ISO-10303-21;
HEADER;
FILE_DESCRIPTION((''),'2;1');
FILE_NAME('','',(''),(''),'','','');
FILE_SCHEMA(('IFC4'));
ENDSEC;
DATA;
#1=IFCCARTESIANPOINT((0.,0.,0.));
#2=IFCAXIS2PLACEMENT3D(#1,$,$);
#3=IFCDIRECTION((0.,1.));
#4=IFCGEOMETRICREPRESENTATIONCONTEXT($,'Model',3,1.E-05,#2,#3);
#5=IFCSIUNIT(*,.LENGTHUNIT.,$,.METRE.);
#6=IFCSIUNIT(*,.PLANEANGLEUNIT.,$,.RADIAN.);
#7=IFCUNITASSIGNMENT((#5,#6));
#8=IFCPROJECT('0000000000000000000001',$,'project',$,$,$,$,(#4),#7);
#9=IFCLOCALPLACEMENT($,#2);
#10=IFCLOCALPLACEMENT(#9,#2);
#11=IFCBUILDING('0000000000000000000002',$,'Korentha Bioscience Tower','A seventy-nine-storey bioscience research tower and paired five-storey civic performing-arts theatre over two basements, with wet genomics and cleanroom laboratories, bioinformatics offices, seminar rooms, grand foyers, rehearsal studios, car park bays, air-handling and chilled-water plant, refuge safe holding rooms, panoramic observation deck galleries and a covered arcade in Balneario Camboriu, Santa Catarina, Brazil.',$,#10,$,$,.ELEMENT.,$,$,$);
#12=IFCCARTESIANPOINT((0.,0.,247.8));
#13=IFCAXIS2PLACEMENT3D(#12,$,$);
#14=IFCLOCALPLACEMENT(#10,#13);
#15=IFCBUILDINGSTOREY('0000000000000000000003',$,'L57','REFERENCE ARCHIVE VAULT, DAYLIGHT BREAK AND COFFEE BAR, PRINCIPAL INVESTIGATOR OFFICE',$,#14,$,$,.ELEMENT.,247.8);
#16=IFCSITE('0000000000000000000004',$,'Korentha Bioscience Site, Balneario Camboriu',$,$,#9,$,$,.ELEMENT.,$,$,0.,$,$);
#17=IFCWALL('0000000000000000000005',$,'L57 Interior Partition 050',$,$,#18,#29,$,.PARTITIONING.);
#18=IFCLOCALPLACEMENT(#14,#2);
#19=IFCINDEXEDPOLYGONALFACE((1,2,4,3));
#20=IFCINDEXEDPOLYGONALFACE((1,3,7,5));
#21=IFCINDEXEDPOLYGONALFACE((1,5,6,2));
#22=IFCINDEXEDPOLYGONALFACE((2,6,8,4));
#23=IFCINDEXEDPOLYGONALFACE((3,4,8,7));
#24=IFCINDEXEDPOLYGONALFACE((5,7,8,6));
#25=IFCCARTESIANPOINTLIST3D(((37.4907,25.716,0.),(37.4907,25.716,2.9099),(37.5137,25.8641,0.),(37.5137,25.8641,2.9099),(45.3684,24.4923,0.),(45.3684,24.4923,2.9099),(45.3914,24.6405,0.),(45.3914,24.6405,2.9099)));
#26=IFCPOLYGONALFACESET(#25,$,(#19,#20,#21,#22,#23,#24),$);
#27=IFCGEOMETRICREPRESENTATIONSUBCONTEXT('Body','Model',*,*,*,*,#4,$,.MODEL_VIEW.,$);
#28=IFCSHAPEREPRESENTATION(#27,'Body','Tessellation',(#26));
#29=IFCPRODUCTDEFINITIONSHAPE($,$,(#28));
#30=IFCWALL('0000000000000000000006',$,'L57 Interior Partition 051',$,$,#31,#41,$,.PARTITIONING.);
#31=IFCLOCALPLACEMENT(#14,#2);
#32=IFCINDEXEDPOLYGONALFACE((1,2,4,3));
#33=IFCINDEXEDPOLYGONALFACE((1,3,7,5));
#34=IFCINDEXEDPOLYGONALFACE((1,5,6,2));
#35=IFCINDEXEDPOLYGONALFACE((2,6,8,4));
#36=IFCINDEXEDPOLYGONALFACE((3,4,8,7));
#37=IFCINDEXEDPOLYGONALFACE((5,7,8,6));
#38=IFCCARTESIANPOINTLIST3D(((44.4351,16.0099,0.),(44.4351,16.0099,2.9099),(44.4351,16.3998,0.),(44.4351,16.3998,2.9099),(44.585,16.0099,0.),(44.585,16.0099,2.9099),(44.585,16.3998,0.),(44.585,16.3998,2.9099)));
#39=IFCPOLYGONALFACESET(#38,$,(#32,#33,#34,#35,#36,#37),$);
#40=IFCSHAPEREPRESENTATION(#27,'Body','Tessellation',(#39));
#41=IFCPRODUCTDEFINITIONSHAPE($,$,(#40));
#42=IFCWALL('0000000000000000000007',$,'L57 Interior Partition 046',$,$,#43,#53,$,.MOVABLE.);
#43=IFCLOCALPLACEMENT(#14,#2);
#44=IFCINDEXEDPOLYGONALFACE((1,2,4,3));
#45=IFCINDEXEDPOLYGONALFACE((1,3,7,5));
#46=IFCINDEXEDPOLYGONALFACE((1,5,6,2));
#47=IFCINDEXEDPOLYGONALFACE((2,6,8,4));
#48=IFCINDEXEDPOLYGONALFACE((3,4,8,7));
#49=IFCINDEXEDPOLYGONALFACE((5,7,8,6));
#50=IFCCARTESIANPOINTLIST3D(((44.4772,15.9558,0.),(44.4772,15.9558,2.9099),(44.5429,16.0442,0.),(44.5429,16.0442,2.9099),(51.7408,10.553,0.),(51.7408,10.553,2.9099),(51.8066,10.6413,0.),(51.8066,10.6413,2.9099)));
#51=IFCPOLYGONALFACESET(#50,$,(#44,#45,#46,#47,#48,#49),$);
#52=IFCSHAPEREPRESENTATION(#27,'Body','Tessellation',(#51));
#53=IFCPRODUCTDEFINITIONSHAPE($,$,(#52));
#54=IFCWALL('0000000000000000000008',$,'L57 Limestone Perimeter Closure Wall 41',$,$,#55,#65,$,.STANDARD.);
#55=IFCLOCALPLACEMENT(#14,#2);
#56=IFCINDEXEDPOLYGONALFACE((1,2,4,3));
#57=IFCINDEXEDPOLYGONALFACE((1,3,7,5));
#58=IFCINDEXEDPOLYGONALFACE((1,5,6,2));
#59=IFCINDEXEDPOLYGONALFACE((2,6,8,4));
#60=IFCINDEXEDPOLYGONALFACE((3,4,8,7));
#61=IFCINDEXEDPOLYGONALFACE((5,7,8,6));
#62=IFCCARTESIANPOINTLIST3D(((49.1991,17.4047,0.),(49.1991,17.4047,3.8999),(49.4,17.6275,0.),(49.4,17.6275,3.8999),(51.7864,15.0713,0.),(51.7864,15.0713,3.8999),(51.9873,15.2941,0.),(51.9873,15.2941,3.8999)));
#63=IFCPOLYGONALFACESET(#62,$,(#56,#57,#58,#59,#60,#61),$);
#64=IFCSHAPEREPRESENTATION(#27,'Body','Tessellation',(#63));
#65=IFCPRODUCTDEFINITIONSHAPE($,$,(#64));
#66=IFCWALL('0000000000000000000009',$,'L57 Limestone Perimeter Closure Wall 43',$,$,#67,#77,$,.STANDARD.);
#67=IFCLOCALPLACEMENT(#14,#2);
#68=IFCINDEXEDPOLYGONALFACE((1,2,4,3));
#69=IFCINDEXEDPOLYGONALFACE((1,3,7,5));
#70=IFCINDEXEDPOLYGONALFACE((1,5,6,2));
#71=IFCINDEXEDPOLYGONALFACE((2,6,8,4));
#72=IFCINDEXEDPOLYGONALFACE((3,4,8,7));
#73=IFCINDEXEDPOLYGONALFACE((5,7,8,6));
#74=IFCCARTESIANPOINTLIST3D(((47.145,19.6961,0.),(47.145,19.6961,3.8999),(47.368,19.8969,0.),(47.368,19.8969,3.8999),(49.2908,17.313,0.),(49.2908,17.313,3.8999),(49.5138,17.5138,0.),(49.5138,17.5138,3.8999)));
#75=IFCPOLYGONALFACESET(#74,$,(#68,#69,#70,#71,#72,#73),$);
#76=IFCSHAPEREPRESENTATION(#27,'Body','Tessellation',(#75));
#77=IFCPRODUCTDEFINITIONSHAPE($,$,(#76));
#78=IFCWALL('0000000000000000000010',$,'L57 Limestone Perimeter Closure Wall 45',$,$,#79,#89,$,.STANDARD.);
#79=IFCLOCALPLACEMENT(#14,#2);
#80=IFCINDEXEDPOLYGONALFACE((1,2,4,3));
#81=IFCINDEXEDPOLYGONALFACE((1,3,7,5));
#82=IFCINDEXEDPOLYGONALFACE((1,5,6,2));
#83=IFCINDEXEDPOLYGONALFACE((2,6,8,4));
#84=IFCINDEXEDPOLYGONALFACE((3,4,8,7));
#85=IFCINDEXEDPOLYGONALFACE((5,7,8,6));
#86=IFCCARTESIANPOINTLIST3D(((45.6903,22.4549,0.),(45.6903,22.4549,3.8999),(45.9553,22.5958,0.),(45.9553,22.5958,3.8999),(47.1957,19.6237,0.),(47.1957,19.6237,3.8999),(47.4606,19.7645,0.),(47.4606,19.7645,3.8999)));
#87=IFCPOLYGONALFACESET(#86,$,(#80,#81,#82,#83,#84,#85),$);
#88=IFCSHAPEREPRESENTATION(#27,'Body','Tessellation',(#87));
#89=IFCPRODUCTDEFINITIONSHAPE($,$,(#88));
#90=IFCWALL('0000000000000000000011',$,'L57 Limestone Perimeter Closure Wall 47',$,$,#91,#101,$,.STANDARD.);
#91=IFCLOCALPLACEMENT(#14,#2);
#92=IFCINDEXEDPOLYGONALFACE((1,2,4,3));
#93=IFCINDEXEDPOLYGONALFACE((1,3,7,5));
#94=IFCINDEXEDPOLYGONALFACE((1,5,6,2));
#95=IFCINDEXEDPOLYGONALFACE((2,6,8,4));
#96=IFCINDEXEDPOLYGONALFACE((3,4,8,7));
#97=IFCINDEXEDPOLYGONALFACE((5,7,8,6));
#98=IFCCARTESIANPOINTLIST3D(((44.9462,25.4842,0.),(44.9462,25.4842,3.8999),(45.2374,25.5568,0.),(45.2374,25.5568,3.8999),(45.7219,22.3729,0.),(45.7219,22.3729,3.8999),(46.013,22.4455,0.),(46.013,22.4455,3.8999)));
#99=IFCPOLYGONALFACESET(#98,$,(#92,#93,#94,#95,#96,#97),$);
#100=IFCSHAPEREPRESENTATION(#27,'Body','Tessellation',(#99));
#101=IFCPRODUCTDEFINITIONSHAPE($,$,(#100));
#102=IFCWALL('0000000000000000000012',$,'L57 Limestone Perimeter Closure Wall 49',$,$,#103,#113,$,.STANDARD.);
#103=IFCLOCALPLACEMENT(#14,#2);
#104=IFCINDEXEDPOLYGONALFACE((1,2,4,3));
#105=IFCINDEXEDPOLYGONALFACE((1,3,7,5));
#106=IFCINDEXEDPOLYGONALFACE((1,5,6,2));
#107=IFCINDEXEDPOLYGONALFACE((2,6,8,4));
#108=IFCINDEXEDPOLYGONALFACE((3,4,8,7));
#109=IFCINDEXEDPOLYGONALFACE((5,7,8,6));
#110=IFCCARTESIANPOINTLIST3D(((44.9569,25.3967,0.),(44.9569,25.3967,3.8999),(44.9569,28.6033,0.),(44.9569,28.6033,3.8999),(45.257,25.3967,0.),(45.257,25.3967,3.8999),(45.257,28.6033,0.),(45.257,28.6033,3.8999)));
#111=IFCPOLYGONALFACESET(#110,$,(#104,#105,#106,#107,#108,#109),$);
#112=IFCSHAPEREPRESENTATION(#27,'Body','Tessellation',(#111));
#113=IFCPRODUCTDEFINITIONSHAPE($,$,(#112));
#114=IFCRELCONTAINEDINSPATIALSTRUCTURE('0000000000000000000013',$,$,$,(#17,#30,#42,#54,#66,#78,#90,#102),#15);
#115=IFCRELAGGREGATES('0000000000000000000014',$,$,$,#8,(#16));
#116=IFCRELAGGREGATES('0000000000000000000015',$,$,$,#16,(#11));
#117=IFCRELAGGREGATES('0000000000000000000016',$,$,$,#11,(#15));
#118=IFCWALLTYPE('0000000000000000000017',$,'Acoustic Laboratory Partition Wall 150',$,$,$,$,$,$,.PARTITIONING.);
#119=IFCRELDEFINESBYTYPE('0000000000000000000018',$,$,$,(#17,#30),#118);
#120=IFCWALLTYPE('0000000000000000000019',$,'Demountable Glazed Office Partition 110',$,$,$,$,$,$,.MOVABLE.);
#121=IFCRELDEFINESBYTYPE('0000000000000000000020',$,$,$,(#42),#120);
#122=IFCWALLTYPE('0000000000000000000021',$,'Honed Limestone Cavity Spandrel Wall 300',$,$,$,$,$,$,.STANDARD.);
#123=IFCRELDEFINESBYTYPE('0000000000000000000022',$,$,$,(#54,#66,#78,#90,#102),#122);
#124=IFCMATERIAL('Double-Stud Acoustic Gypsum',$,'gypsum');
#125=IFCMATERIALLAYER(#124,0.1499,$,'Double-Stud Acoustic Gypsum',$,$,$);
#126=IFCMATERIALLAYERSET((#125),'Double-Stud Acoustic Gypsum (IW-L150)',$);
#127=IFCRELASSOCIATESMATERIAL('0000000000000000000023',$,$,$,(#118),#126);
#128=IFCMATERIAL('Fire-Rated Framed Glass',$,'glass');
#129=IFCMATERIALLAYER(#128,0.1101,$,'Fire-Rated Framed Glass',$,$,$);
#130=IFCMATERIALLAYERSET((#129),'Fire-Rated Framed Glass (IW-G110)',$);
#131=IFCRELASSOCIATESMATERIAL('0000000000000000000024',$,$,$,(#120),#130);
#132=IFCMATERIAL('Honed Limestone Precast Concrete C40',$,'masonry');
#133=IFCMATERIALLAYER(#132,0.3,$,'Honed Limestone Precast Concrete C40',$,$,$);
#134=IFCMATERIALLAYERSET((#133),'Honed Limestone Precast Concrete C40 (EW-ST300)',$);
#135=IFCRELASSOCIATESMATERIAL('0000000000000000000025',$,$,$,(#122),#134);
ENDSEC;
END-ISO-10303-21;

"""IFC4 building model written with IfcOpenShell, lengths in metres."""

from ifc_helpers import new_model, si_unit, direction, frame, frame_2d, origin, place, context, subcontext, project, spatial, rectangle, extrude, material, layer, layer_set, type_object, element, save


model = new_model("IFC4")

# Units and contexts
model_context = context("Model", 3, precision=1e-05, world=origin(), true_north=direction((0.0, 1.0)))
body_context = subcontext(model_context, "Body", "Model", "MODEL_VIEW")
ifc_project = project(units=[si_unit("LENGTHUNIT", "METRE"), si_unit("PLANEANGLEUNIT", "RADIAN")], contexts=[model_context])

# Site, building, storey
site_placement = place(None, origin())
site = spatial("IfcSite", under=ifc_project, at=site_placement, Name="Korentha Bioscience Site, Balneario Camboriu", CompositionType="ELEMENT", RefElevation=0.0)
building_placement = place(site_placement, origin())
building = spatial("IfcBuilding", under=site, at=building_placement, Name="Korentha Bioscience Tower", Description="A seventy-nine-storey bioscience research tower and paired five-storey civic performing-arts theatre over two basements, with wet genomics and cleanroom laboratories, bioinformatics offices, seminar rooms, grand foyers, rehearsal studios, car park bays, air-handling and chilled-water plant, refuge safe holding rooms, panoramic observation deck galleries and a covered arcade in Balneario Camboriu, Santa Catarina, Brazil.", CompositionType="ELEMENT")
storey_placement = place(building_placement, frame((0.0, 0.0, 247.8)))
storey = spatial("IfcBuildingStorey", under=building, at=storey_placement, Name="L57", Description="REFERENCE ARCHIVE VAULT, DAYLIGHT BREAK AND COFFEE BAR, PRINCIPAL INVESTIGATOR OFFICE", CompositionType="ELEMENT", Elevation=247.8)

# Shared definitions
ifc_material_1 = material(Name="Double-Stud Acoustic Gypsum", Category="gypsum")
ifc_layer_1 = layer(ifc_material_1, 0.1499, Name="Double-Stud Acoustic Gypsum")
ifc_layer_set_1 = layer_set([ifc_layer_1], Name="Double-Stud Acoustic Gypsum (IW-L150)")
wall_type_1 = type_object("IfcWallType", Name="Acoustic Laboratory Partition Wall 150", PredefinedType="PARTITIONING", material=ifc_layer_set_1)

# Walls
wall_1_placement = place(storey_placement, frame((37.5022, 25.79, 0.0), z_axis=(0.0, 0.0, 1.0), x_axis=(0.98815, -0.153488, 0.0)))
element("IfcWall", 1, at=wall_1_placement, inside=storey, type_object=wall_type_1, Name="L57 Interior Partition 050", PredefinedType="PARTITIONING", context=body_context, shape_type="SweptSolid", body=[
    extrude(rectangle(XDim=7.9722, YDim=0.1499, at=frame_2d((3.9861, 0.0))), origin(), (0.0, 0.0, 1.0), 2.9099),
])
wall_2_placement = place(storey_placement, frame((44.51, 16.01, 0.0), z_axis=(0.0, 0.0, 1.0), x_axis=(0.0, 1.0, 0.0)))
element("IfcWall", 2, at=wall_2_placement, inside=storey, type_object=wall_type_1, Name="L57 Interior Partition 051", PredefinedType="PARTITIONING", context=body_context, shape_type="SweptSolid", body=[
    extrude(rectangle(XDim=0.3899, YDim=0.1499, at=frame_2d((0.1948, 0.0))), origin(), (0.0, 0.0, 1.0), 2.9099),
])
ifc_material_2 = material(Name="Fire-Rated Framed Glass", Category="glass")
ifc_layer_2 = layer(ifc_material_2, 0.1101, Name="Fire-Rated Framed Glass")
ifc_layer_set_2 = layer_set([ifc_layer_2], Name="Fire-Rated Framed Glass (IW-G110)")
wall_type_2 = type_object("IfcWallType", Name="Demountable Glazed Office Partition 110", PredefinedType="MOVABLE", material=ifc_layer_set_2)
wall_3_placement = place(storey_placement, frame((44.51, 16.0, 0.0), z_axis=(0.0, 0.0, 1.0), x_axis=(0.802376, -0.596819, 0.0)))
element("IfcWall", 3, at=wall_3_placement, inside=storey, type_object=wall_type_2, Name="L57 Interior Partition 046", PredefinedType="MOVABLE", context=body_context, shape_type="SweptSolid", body=[
    extrude(rectangle(XDim=9.0527, YDim=0.1101, at=frame_2d((4.5264, 0.0))), origin(), (0.0, 0.0, 1.0), 2.9099),
])
ifc_material_3 = material(Name="Honed Limestone Precast Concrete C40", Category="masonry")
ifc_layer_3 = layer(ifc_material_3, 0.3, Name="Honed Limestone Precast Concrete C40")
ifc_layer_set_3 = layer_set([ifc_layer_3], Name="Honed Limestone Precast Concrete C40 (EW-ST300)")
wall_type_3 = type_object("IfcWallType", Name="Honed Limestone Cavity Spandrel Wall 300", PredefinedType="STANDARD", material=ifc_layer_set_3)
wall_4_placement = place(storey_placement, frame((51.887, 15.1826, 0.0), z_axis=(0.0, 0.0, 1.0), x_axis=(-0.742604, 0.669731, 0.0)))
element("IfcWall", 4, at=wall_4_placement, inside=storey, type_object=wall_type_3, Name="L57 Limestone Perimeter Closure Wall 41", PredefinedType="STANDARD", context=body_context, shape_type="SweptSolid", body=[
    extrude(rectangle(XDim=3.4841, YDim=0.3, at=frame_2d((1.7422, 0.0))), origin(), (0.0, 0.0, 1.0), 3.8999),
])
wall_5_placement = place(storey_placement, frame((49.4023, 17.4133, 0.0), z_axis=(0.0, 0.0, 1.0), x_axis=(-0.669137, 0.743139, 0.0)))
element("IfcWall", 5, at=wall_5_placement, inside=storey, type_object=wall_type_3, Name="L57 Limestone Perimeter Closure Wall 43", PredefinedType="STANDARD", context=body_context, shape_type="SweptSolid", body=[
    extrude(rectangle(XDim=3.2068, YDim=0.3, at=frame_2d((1.6035, 0.0))), origin(), (0.0, 0.0, 1.0), 3.8999),
])
for number, where, z_axis, x_axis, name in (
    (6, (47.3281, 19.6941, 0.0), (0.0, 0.0, 1.0), (-0.469458, 0.882955, 0.0), "L57 Limestone Perimeter Closure Wall 45"),
    (7, (45.8674, 22.4092, 0.0), (0.0, 0.0, 1.0), (-0.241891, 0.970304, 0.0), "L57 Limestone Perimeter Closure Wall 47"),
    (8, (45.1069, 25.3967, 0.0), (0.0, 0.0, 1.0), (0.0, 1.0, 0.0), "L57 Limestone Perimeter Closure Wall 49"),
):
    element("IfcWall", number, at=place(storey_placement, frame(where, z_axis=z_axis, x_axis=x_axis)), inside=storey, type_object=wall_type_3, Name=name, PredefinedType="STANDARD", context=body_context, shape_type="SweptSolid", body=[
        extrude(rectangle(XDim=3.2065, YDim=0.3, at=frame_2d((1.6033, 0.0))), origin(), (0.0, 0.0, 1.0), 3.8999),
    ])

save(model, "model.ifc")
